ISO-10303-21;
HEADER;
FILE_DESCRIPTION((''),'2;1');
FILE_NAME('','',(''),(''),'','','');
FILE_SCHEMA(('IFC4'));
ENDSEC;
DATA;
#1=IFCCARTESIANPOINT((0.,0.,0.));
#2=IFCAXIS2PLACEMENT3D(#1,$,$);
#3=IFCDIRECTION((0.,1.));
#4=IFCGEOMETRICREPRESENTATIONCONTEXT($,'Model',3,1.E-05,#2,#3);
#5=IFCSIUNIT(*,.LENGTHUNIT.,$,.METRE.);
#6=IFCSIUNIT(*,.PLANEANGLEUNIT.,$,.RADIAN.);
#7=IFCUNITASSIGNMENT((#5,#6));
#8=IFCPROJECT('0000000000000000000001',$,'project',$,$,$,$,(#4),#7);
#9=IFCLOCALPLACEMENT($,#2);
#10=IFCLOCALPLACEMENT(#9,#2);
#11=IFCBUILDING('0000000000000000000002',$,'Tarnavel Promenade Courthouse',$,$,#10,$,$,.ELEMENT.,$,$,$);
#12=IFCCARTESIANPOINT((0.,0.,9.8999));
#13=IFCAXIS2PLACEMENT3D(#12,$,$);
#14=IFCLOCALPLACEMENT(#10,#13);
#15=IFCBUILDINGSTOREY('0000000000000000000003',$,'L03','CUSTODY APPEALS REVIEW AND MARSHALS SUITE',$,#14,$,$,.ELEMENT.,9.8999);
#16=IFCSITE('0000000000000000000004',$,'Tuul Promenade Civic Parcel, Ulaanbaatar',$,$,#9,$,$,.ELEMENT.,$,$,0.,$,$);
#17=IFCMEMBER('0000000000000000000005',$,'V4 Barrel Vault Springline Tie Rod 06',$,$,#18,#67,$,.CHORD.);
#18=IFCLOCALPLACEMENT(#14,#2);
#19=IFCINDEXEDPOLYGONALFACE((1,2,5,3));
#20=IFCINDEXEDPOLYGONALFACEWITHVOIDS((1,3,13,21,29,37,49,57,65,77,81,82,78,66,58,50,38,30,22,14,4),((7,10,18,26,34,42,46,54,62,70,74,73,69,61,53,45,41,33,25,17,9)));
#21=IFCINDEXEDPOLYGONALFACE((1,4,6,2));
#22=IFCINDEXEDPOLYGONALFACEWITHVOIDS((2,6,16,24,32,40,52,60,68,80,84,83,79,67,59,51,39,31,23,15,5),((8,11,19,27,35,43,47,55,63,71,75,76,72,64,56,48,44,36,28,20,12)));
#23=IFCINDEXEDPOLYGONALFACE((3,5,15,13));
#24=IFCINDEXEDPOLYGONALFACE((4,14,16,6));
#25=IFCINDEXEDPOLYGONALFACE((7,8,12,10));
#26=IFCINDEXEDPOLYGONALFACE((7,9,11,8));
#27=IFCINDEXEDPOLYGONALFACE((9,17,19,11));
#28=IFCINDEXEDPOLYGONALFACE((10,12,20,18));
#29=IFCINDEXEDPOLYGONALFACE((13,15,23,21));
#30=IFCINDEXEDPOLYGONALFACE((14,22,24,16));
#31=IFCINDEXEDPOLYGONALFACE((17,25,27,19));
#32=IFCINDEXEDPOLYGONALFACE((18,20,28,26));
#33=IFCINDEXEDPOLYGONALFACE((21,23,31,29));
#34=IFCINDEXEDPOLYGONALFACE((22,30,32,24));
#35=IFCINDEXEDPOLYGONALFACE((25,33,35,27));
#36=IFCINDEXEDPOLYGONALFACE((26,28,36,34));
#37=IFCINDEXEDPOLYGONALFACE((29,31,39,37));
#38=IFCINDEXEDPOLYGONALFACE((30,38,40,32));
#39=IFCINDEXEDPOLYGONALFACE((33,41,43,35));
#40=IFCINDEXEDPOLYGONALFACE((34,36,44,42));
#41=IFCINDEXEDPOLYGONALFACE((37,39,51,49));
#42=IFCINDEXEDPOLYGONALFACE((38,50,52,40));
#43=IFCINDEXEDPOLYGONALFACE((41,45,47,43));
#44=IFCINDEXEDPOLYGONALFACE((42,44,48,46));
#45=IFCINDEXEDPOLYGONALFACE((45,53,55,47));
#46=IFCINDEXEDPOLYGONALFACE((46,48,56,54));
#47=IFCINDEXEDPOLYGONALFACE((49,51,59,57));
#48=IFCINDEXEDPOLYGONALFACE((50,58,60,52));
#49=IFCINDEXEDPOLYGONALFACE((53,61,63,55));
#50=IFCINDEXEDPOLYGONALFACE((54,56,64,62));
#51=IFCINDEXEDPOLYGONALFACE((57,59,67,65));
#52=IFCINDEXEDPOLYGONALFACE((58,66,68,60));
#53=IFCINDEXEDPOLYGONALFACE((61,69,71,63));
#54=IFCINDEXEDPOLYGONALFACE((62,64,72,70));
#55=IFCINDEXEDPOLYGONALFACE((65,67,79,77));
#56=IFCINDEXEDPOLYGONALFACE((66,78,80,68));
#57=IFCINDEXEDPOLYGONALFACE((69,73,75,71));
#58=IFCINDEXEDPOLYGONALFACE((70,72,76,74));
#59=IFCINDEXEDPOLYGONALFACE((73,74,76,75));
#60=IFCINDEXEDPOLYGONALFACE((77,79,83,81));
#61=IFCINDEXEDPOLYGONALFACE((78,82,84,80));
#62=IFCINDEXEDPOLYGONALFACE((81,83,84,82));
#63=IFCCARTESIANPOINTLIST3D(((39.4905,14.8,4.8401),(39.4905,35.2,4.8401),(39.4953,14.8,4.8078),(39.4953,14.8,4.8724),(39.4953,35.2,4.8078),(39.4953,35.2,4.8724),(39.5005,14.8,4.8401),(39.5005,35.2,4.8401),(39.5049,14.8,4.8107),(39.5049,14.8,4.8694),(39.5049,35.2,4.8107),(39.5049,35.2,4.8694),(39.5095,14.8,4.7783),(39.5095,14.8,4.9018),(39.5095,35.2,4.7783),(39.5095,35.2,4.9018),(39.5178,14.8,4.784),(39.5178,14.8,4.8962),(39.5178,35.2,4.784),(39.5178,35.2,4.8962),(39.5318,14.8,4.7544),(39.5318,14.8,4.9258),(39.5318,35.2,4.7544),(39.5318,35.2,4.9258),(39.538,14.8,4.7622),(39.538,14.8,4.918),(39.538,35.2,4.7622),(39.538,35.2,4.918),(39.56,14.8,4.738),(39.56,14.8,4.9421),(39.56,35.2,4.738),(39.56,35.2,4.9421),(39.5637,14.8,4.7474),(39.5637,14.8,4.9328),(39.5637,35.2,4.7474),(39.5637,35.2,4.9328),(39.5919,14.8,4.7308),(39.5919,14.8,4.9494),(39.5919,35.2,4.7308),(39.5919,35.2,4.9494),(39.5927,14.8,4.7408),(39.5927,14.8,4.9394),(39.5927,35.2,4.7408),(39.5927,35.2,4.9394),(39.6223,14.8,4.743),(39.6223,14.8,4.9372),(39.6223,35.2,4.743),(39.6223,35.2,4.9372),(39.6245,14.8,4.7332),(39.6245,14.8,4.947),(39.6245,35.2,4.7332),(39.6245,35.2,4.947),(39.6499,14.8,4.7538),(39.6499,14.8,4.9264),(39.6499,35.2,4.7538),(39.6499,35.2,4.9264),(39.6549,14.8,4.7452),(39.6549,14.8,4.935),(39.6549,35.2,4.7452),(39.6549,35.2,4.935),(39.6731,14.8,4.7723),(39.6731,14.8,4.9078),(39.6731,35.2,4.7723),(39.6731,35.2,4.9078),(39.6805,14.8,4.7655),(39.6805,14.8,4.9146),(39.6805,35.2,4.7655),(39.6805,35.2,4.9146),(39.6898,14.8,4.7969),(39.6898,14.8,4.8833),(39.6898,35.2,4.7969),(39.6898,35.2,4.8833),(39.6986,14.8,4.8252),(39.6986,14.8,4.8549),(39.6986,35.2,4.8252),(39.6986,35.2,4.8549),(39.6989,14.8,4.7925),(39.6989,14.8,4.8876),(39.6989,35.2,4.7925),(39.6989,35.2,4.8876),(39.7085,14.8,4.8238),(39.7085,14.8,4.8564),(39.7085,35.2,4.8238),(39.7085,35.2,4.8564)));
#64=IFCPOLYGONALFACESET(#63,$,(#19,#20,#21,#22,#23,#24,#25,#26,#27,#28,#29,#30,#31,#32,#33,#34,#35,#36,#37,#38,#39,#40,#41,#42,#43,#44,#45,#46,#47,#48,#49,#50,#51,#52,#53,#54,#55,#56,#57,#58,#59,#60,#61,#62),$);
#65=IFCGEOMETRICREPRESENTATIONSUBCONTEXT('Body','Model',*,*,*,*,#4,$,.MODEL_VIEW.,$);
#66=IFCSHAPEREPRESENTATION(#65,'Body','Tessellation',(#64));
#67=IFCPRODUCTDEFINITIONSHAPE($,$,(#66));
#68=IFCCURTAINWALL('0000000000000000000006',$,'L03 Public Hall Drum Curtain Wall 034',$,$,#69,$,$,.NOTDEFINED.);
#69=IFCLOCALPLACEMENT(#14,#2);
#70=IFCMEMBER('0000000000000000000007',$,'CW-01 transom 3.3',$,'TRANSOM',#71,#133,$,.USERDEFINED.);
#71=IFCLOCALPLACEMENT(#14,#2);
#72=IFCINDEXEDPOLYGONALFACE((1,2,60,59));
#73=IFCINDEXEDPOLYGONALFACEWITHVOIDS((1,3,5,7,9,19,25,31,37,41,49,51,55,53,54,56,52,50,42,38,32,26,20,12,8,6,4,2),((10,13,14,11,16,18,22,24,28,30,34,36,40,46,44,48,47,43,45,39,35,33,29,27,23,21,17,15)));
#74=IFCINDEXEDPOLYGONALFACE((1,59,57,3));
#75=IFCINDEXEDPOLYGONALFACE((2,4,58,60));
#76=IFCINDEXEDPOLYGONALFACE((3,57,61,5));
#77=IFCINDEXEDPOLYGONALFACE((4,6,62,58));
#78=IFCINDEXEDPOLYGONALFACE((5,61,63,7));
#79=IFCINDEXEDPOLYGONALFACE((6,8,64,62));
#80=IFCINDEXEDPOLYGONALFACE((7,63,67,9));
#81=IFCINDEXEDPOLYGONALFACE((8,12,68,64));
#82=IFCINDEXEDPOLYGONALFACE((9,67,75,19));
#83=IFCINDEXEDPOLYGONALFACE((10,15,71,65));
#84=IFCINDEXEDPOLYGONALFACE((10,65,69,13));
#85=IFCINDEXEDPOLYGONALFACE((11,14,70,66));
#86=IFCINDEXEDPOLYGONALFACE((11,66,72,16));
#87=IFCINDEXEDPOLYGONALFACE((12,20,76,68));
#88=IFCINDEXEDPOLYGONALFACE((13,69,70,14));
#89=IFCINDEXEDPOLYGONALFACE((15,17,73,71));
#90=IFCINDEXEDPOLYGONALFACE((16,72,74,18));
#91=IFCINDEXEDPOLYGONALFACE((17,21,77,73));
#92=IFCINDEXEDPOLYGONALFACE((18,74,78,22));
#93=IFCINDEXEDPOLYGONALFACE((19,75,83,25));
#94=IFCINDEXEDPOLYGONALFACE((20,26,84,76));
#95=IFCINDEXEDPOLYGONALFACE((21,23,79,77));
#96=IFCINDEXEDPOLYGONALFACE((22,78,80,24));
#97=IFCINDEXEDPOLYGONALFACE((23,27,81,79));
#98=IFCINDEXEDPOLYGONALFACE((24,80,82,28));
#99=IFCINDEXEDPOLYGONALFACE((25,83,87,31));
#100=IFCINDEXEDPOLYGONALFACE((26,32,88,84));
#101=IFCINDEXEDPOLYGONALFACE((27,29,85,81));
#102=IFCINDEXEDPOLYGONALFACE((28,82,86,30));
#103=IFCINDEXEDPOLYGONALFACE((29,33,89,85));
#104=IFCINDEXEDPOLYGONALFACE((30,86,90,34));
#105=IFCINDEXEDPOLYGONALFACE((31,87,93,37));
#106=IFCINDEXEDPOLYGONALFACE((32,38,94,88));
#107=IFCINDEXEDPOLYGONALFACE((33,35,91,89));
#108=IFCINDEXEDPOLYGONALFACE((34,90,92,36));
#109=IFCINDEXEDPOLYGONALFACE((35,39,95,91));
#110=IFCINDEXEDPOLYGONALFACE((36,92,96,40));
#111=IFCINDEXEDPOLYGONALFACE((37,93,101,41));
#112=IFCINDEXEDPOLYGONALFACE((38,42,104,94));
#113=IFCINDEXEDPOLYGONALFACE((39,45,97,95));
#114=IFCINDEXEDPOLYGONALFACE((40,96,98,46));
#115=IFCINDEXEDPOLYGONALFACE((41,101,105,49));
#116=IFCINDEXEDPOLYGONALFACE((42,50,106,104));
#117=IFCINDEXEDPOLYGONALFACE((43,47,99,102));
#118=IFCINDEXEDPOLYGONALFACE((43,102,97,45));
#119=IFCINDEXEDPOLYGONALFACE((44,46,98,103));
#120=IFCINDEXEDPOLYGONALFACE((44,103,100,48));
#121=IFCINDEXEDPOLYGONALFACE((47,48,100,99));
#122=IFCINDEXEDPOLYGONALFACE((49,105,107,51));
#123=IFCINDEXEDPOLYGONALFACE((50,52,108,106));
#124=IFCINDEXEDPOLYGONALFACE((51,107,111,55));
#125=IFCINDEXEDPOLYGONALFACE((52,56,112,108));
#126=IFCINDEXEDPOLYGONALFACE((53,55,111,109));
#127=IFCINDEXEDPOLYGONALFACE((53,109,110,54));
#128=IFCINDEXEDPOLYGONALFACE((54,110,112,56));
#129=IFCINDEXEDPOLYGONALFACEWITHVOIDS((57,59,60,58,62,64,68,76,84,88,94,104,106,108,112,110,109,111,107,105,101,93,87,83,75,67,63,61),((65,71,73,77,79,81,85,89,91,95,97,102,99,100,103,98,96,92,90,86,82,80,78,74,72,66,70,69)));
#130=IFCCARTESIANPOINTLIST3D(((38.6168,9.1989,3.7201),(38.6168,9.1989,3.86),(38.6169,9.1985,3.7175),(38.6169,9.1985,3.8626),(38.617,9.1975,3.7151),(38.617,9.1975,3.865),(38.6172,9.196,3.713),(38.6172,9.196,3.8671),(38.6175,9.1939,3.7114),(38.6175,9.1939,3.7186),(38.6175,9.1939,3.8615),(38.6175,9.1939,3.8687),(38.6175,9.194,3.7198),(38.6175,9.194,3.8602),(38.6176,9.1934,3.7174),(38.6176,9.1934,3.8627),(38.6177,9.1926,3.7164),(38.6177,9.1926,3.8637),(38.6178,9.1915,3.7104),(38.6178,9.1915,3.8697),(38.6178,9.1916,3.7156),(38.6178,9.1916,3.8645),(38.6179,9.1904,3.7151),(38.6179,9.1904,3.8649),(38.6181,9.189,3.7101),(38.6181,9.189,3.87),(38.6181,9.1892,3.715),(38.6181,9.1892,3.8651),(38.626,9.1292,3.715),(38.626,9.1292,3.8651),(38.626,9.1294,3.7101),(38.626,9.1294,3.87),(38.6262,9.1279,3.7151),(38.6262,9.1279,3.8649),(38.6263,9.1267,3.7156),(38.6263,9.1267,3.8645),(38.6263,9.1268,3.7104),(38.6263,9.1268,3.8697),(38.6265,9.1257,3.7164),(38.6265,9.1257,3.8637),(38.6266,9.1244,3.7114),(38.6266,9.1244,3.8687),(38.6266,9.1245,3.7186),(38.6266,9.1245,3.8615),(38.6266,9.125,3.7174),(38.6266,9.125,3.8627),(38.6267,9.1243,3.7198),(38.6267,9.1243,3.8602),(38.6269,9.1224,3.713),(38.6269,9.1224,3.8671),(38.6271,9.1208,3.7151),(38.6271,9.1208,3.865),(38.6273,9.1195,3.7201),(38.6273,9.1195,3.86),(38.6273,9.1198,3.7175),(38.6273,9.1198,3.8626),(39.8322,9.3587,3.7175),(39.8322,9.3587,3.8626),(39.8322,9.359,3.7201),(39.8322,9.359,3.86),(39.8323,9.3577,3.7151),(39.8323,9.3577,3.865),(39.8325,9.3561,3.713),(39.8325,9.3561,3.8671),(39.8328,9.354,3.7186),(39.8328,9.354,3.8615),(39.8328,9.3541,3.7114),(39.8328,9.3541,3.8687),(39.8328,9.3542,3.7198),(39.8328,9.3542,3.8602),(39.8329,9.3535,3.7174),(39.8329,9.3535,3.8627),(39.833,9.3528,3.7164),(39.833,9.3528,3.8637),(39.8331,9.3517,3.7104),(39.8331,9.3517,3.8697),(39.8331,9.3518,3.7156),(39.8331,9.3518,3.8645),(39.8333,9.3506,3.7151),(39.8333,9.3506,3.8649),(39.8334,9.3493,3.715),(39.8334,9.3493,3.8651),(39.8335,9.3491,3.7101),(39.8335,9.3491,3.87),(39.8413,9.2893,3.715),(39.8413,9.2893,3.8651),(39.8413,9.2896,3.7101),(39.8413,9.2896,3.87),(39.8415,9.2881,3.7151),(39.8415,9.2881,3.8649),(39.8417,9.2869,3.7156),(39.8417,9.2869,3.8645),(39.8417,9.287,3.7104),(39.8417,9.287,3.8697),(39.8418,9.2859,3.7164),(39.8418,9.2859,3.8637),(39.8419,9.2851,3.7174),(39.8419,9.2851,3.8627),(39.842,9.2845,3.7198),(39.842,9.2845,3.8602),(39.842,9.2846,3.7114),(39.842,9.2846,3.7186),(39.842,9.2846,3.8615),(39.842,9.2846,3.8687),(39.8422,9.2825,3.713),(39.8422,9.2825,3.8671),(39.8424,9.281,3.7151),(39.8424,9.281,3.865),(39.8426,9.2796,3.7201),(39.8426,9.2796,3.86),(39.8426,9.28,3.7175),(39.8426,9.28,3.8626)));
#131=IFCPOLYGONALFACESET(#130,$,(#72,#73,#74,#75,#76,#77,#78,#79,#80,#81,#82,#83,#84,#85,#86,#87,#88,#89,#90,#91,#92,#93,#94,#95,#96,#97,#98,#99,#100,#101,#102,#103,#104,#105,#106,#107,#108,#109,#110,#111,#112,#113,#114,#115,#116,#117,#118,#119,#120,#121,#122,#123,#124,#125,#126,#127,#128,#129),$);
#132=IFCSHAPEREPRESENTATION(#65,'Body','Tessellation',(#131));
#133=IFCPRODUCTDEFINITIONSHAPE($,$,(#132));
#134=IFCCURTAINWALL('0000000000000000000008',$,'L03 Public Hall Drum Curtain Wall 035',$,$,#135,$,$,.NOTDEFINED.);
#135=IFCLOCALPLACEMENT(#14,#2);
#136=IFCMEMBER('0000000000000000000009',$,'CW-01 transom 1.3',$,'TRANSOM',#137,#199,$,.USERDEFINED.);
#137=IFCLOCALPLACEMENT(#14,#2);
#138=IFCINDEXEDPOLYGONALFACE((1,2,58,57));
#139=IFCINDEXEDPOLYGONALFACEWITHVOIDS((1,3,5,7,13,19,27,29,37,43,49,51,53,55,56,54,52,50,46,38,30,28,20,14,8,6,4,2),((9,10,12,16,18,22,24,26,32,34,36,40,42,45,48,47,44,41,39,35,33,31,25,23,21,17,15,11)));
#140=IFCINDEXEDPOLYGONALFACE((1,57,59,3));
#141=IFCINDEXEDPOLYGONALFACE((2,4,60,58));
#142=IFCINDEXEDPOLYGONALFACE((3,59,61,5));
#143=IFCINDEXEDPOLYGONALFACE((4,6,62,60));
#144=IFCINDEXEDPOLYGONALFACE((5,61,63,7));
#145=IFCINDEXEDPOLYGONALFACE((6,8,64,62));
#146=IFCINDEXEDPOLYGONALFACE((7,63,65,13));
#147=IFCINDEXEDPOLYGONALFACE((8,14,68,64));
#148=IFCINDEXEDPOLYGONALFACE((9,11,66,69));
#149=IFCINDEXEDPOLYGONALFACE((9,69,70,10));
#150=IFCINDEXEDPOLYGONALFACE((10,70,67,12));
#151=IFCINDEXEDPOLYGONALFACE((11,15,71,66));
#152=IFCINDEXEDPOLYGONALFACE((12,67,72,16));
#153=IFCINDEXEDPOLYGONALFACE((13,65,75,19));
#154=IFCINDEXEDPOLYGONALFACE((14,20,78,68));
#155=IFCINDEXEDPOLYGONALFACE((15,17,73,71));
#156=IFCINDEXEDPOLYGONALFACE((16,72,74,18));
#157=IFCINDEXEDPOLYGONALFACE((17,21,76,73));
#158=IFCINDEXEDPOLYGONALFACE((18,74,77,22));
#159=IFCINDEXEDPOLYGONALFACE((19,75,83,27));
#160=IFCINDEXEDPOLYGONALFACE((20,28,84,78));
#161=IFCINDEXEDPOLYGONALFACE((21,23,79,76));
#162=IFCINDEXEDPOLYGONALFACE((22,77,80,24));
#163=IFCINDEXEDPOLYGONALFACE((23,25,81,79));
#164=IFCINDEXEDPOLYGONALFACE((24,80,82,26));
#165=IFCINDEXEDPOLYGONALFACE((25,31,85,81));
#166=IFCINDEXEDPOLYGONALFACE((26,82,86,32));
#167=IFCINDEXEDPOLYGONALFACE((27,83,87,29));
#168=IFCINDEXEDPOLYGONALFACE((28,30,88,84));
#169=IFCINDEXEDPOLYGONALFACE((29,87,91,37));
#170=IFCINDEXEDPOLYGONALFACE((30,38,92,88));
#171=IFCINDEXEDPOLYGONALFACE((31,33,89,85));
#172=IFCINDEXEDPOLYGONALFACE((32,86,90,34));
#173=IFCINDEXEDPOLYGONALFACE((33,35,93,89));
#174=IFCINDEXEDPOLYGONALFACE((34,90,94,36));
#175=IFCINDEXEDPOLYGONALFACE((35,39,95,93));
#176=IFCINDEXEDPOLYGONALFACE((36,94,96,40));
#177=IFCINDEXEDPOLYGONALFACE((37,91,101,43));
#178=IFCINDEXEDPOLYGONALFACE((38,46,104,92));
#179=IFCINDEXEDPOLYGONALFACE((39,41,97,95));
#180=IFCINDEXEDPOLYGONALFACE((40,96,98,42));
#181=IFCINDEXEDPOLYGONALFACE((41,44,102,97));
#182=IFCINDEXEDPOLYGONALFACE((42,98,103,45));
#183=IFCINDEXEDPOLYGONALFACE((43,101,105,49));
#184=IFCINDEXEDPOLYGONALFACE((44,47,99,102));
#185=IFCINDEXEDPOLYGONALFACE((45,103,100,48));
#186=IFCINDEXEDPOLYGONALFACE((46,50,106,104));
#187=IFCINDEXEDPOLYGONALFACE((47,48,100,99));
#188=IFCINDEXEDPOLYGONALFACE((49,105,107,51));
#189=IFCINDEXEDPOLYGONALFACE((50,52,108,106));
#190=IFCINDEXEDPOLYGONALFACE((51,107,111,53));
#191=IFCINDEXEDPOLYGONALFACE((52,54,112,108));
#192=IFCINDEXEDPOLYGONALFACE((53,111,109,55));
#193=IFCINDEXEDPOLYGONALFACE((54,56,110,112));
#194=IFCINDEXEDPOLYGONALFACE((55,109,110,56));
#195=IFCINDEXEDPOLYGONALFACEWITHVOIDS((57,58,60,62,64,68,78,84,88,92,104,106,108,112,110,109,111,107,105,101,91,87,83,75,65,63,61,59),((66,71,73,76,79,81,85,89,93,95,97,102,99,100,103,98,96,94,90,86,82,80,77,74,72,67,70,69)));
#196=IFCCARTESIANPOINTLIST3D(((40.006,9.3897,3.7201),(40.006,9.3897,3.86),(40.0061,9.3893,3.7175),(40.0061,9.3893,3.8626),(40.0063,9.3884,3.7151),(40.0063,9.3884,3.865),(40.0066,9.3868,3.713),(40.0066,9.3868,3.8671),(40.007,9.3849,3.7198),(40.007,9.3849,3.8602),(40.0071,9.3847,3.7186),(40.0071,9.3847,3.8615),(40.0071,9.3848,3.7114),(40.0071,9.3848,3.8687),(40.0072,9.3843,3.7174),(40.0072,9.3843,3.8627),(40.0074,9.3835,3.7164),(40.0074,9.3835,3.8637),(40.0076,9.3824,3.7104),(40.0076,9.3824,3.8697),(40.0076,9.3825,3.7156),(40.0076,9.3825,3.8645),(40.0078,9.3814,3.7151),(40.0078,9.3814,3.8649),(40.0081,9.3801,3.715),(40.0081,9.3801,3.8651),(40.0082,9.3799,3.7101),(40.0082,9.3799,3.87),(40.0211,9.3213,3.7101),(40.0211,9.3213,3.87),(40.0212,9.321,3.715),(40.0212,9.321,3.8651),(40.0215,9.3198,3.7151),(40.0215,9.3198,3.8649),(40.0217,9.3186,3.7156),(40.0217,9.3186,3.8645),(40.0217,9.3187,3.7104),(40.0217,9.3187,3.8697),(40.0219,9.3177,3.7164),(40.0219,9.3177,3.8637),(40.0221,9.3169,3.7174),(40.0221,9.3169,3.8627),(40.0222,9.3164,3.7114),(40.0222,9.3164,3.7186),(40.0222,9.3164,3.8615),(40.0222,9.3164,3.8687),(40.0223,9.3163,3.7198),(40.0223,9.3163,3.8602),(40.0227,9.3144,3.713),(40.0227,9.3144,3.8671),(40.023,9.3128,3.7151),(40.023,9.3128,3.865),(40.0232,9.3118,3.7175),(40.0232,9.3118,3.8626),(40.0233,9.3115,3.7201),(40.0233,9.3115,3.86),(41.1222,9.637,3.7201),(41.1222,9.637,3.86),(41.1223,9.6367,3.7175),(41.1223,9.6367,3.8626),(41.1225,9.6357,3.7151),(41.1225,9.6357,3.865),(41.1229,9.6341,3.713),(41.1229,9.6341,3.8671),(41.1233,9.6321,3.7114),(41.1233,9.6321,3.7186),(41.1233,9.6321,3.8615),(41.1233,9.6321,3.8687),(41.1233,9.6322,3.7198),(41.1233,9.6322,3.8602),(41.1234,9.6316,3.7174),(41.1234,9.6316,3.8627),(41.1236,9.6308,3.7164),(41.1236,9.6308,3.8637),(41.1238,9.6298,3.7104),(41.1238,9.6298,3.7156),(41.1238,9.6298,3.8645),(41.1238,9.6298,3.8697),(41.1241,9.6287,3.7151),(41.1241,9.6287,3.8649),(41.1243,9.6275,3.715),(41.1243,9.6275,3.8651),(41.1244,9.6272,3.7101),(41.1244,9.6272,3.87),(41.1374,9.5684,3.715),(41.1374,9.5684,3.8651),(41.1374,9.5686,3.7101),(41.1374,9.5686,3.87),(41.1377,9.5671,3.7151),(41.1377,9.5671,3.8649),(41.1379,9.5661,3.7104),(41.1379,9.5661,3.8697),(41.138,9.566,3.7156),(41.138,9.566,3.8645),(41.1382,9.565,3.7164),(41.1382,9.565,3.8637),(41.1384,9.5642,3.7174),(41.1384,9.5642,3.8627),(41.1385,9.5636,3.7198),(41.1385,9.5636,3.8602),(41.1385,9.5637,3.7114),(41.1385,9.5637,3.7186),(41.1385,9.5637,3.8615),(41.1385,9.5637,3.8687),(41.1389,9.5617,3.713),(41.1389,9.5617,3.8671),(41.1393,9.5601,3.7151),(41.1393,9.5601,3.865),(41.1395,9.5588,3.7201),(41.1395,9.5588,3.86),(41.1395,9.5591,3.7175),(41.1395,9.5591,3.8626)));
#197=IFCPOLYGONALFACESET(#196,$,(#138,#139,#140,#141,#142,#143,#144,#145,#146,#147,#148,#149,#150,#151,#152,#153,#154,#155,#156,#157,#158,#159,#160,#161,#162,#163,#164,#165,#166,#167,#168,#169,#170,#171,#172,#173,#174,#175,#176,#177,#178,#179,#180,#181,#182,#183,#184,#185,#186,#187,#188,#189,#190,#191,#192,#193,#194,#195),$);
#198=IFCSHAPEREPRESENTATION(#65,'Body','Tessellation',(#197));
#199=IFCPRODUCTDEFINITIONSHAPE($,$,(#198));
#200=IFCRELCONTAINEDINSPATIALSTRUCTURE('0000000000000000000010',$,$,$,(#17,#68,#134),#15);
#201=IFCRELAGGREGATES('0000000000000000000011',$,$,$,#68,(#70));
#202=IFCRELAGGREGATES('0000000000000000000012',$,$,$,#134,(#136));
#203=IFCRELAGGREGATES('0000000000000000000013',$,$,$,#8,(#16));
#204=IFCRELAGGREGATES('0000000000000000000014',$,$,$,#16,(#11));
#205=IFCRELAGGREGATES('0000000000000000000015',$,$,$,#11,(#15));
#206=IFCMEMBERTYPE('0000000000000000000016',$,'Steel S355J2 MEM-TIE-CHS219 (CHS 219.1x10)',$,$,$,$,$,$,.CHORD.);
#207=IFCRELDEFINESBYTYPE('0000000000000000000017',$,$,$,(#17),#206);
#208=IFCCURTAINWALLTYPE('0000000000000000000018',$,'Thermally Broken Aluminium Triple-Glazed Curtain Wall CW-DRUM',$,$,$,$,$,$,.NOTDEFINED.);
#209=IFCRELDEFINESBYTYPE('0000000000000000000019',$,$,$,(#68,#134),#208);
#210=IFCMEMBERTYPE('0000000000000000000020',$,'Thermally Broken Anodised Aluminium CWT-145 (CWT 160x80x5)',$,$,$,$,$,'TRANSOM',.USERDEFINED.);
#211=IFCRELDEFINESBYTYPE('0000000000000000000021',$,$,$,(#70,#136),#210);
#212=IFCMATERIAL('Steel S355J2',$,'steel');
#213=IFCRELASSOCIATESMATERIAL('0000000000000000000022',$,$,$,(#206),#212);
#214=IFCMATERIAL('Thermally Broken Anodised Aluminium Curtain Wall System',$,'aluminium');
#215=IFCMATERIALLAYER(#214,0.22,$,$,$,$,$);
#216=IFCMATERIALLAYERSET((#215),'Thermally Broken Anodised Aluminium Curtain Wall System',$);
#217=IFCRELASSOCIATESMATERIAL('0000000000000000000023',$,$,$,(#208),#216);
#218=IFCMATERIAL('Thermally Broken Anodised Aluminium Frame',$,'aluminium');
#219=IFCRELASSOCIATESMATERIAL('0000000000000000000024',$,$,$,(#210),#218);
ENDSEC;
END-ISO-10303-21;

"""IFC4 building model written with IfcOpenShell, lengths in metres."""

from ifc_helpers import new_model, si_unit, direction, frame, origin, origin_2d, place, context, subcontext, project, spatial, hollow_rectangle, hollow_circle, extrude, material, layer, layer_set, material_profile, profile_set, type_object, element, aggregate, save


model = new_model("IFC4")

# Units and contexts
model_context = context("Model", 3, precision=1e-05, world=origin(), true_north=direction((0.0, 1.0)))
body_context = subcontext(model_context, "Body", "Model", "MODEL_VIEW")
ifc_project = project(units=[si_unit("LENGTHUNIT", "METRE"), si_unit("PLANEANGLEUNIT", "RADIAN")], contexts=[model_context])

# Site, building, storey
site_placement = place(None, origin())
site = spatial("IfcSite", under=ifc_project, at=site_placement, Name="Tuul Promenade Civic Parcel, Ulaanbaatar", CompositionType="ELEMENT", RefElevation=0.0)
building_placement = place(site_placement, origin())
building = spatial("IfcBuilding", under=site, at=building_placement, Name="Tarnavel Promenade Courthouse", CompositionType="ELEMENT")
storey_placement = place(building_placement, frame((0.0, 0.0, 9.8999)))
storey = spatial("IfcBuildingStorey", under=building, at=storey_placement, Name="L03", Description="CUSTODY APPEALS REVIEW AND MARSHALS SUITE", CompositionType="ELEMENT", Elevation=9.8999)

# Shared definitions
ifc_material_1 = material(Name="Steel S355J2", Category="steel")

# Member
ifc_material_profile_1 = material_profile(ifc_material_1, hollow_circle(Radius=0.1096, WallThickness=0.01, at=origin_2d()), Name="CHS 219.1x10")
ifc_profile_set_1 = profile_set([ifc_material_profile_1], Name="Steel S355J2")
member_type_1 = type_object("IfcMemberType", Name="Steel S355J2 MEM-TIE-CHS219 (CHS 219.1x10)", PredefinedType="CHORD", material=ifc_profile_set_1)
member_1_placement = place(storey_placement, frame((39.6001, 14.8, 4.8401), z_axis=(0.0, 1.0, 0.0), x_axis=(-1.0, 0.0, 0.0)))
element("IfcMember", 1, at=member_1_placement, inside=storey, type_object=member_type_1, Name="V4 Barrel Vault Springline Tie Rod 06", PredefinedType="CHORD", context=body_context, shape_type="SweptSolid", body=[
    extrude(hollow_circle(Radius=0.1096, WallThickness=0.01, at=origin_2d()), origin(), (0.0, 0.0, 1.0), 20.3999),
])

# Curtain wall, member
ifc_material_2 = material(Name="Thermally Broken Anodised Aluminium Curtain Wall System", Category="aluminium")
ifc_layer_1 = layer(ifc_material_2, 0.22)
ifc_layer_set_1 = layer_set([ifc_layer_1], Name="Thermally Broken Anodised Aluminium Curtain Wall System")
curtain_wall_type = type_object("IfcCurtainWallType", Name="Thermally Broken Aluminium Triple-Glazed Curtain Wall CW-DRUM", PredefinedType="NOTDEFINED", material=ifc_layer_set_1)
curtain_wall_1_placement = place(storey_placement, origin())
curtain_wall_1 = element("IfcCurtainWall", 2, at=curtain_wall_1_placement, inside=storey, type_object=curtain_wall_type, Name="L03 Public Hall Drum Curtain Wall 034", PredefinedType="NOTDEFINED")
ifc_material_3 = material(Name="Thermally Broken Anodised Aluminium Frame", Category="aluminium")
ifc_material_profile_2 = material_profile(ifc_material_3, hollow_rectangle(XDim=0.0801, YDim=0.1599, WallThickness=0.0049, InnerFilletRadius=0.0049, OuterFilletRadius=0.01, at=origin_2d()), Name="CWT 160x80x5")
ifc_profile_set_2 = profile_set([ifc_material_profile_2], Name="Thermally Broken Anodised Aluminium Frame")
member_type_2 = type_object("IfcMemberType", Name="Thermally Broken Anodised Aluminium CWT-145 (CWT 160x80x5)", ElementType="TRANSOM", PredefinedType="USERDEFINED", material=ifc_profile_set_2)
member_2_placement = place(storey_placement, frame((38.6221, 9.1592, 3.79), z_axis=(0.991429, 0.13065, 0.0), x_axis=(-0.13065, 0.991429, 0.0)))
member_2 = element("IfcMember", 3, at=member_2_placement, type_object=member_type_2, Name="CW-01 transom 3.3", ObjectType="TRANSOM", PredefinedType="USERDEFINED", context=body_context, shape_type="SweptSolid", body=[
    extrude(hollow_rectangle(XDim=0.0801, YDim=0.1599, WallThickness=0.0049, InnerFilletRadius=0.0049, OuterFilletRadius=0.01, at=origin_2d()), origin(), (0.0, 0.0, 1.0), 1.2258),
])

# Curtain wall, member
curtain_wall_2_placement = place(storey_placement, origin())
curtain_wall_2 = element("IfcCurtainWall", 4, at=curtain_wall_2_placement, inside=storey, type_object=curtain_wall_type, Name="L03 Public Hall Drum Curtain Wall 035", PredefinedType="NOTDEFINED")
member_3_placement = place(storey_placement, frame((40.0146, 9.3506, 3.79), z_axis=(0.976323, 0.21632, 0.0), x_axis=(-0.21632, 0.976323, 0.0)))
member_3 = element("IfcMember", 5, at=member_3_placement, type_object=member_type_2, Name="CW-01 transom 1.3", ObjectType="TRANSOM", PredefinedType="USERDEFINED", context=body_context, shape_type="SweptSolid", body=[
    extrude(hollow_rectangle(XDim=0.0801, YDim=0.1599, WallThickness=0.0049, InnerFilletRadius=0.0049, OuterFilletRadius=0.01, at=origin_2d()), origin(), (0.0, 0.0, 1.0), 1.1433),
])

aggregate(curtain_wall_1, [member_2])
aggregate(curtain_wall_2, [member_3])

save(model, "model.ifc")
